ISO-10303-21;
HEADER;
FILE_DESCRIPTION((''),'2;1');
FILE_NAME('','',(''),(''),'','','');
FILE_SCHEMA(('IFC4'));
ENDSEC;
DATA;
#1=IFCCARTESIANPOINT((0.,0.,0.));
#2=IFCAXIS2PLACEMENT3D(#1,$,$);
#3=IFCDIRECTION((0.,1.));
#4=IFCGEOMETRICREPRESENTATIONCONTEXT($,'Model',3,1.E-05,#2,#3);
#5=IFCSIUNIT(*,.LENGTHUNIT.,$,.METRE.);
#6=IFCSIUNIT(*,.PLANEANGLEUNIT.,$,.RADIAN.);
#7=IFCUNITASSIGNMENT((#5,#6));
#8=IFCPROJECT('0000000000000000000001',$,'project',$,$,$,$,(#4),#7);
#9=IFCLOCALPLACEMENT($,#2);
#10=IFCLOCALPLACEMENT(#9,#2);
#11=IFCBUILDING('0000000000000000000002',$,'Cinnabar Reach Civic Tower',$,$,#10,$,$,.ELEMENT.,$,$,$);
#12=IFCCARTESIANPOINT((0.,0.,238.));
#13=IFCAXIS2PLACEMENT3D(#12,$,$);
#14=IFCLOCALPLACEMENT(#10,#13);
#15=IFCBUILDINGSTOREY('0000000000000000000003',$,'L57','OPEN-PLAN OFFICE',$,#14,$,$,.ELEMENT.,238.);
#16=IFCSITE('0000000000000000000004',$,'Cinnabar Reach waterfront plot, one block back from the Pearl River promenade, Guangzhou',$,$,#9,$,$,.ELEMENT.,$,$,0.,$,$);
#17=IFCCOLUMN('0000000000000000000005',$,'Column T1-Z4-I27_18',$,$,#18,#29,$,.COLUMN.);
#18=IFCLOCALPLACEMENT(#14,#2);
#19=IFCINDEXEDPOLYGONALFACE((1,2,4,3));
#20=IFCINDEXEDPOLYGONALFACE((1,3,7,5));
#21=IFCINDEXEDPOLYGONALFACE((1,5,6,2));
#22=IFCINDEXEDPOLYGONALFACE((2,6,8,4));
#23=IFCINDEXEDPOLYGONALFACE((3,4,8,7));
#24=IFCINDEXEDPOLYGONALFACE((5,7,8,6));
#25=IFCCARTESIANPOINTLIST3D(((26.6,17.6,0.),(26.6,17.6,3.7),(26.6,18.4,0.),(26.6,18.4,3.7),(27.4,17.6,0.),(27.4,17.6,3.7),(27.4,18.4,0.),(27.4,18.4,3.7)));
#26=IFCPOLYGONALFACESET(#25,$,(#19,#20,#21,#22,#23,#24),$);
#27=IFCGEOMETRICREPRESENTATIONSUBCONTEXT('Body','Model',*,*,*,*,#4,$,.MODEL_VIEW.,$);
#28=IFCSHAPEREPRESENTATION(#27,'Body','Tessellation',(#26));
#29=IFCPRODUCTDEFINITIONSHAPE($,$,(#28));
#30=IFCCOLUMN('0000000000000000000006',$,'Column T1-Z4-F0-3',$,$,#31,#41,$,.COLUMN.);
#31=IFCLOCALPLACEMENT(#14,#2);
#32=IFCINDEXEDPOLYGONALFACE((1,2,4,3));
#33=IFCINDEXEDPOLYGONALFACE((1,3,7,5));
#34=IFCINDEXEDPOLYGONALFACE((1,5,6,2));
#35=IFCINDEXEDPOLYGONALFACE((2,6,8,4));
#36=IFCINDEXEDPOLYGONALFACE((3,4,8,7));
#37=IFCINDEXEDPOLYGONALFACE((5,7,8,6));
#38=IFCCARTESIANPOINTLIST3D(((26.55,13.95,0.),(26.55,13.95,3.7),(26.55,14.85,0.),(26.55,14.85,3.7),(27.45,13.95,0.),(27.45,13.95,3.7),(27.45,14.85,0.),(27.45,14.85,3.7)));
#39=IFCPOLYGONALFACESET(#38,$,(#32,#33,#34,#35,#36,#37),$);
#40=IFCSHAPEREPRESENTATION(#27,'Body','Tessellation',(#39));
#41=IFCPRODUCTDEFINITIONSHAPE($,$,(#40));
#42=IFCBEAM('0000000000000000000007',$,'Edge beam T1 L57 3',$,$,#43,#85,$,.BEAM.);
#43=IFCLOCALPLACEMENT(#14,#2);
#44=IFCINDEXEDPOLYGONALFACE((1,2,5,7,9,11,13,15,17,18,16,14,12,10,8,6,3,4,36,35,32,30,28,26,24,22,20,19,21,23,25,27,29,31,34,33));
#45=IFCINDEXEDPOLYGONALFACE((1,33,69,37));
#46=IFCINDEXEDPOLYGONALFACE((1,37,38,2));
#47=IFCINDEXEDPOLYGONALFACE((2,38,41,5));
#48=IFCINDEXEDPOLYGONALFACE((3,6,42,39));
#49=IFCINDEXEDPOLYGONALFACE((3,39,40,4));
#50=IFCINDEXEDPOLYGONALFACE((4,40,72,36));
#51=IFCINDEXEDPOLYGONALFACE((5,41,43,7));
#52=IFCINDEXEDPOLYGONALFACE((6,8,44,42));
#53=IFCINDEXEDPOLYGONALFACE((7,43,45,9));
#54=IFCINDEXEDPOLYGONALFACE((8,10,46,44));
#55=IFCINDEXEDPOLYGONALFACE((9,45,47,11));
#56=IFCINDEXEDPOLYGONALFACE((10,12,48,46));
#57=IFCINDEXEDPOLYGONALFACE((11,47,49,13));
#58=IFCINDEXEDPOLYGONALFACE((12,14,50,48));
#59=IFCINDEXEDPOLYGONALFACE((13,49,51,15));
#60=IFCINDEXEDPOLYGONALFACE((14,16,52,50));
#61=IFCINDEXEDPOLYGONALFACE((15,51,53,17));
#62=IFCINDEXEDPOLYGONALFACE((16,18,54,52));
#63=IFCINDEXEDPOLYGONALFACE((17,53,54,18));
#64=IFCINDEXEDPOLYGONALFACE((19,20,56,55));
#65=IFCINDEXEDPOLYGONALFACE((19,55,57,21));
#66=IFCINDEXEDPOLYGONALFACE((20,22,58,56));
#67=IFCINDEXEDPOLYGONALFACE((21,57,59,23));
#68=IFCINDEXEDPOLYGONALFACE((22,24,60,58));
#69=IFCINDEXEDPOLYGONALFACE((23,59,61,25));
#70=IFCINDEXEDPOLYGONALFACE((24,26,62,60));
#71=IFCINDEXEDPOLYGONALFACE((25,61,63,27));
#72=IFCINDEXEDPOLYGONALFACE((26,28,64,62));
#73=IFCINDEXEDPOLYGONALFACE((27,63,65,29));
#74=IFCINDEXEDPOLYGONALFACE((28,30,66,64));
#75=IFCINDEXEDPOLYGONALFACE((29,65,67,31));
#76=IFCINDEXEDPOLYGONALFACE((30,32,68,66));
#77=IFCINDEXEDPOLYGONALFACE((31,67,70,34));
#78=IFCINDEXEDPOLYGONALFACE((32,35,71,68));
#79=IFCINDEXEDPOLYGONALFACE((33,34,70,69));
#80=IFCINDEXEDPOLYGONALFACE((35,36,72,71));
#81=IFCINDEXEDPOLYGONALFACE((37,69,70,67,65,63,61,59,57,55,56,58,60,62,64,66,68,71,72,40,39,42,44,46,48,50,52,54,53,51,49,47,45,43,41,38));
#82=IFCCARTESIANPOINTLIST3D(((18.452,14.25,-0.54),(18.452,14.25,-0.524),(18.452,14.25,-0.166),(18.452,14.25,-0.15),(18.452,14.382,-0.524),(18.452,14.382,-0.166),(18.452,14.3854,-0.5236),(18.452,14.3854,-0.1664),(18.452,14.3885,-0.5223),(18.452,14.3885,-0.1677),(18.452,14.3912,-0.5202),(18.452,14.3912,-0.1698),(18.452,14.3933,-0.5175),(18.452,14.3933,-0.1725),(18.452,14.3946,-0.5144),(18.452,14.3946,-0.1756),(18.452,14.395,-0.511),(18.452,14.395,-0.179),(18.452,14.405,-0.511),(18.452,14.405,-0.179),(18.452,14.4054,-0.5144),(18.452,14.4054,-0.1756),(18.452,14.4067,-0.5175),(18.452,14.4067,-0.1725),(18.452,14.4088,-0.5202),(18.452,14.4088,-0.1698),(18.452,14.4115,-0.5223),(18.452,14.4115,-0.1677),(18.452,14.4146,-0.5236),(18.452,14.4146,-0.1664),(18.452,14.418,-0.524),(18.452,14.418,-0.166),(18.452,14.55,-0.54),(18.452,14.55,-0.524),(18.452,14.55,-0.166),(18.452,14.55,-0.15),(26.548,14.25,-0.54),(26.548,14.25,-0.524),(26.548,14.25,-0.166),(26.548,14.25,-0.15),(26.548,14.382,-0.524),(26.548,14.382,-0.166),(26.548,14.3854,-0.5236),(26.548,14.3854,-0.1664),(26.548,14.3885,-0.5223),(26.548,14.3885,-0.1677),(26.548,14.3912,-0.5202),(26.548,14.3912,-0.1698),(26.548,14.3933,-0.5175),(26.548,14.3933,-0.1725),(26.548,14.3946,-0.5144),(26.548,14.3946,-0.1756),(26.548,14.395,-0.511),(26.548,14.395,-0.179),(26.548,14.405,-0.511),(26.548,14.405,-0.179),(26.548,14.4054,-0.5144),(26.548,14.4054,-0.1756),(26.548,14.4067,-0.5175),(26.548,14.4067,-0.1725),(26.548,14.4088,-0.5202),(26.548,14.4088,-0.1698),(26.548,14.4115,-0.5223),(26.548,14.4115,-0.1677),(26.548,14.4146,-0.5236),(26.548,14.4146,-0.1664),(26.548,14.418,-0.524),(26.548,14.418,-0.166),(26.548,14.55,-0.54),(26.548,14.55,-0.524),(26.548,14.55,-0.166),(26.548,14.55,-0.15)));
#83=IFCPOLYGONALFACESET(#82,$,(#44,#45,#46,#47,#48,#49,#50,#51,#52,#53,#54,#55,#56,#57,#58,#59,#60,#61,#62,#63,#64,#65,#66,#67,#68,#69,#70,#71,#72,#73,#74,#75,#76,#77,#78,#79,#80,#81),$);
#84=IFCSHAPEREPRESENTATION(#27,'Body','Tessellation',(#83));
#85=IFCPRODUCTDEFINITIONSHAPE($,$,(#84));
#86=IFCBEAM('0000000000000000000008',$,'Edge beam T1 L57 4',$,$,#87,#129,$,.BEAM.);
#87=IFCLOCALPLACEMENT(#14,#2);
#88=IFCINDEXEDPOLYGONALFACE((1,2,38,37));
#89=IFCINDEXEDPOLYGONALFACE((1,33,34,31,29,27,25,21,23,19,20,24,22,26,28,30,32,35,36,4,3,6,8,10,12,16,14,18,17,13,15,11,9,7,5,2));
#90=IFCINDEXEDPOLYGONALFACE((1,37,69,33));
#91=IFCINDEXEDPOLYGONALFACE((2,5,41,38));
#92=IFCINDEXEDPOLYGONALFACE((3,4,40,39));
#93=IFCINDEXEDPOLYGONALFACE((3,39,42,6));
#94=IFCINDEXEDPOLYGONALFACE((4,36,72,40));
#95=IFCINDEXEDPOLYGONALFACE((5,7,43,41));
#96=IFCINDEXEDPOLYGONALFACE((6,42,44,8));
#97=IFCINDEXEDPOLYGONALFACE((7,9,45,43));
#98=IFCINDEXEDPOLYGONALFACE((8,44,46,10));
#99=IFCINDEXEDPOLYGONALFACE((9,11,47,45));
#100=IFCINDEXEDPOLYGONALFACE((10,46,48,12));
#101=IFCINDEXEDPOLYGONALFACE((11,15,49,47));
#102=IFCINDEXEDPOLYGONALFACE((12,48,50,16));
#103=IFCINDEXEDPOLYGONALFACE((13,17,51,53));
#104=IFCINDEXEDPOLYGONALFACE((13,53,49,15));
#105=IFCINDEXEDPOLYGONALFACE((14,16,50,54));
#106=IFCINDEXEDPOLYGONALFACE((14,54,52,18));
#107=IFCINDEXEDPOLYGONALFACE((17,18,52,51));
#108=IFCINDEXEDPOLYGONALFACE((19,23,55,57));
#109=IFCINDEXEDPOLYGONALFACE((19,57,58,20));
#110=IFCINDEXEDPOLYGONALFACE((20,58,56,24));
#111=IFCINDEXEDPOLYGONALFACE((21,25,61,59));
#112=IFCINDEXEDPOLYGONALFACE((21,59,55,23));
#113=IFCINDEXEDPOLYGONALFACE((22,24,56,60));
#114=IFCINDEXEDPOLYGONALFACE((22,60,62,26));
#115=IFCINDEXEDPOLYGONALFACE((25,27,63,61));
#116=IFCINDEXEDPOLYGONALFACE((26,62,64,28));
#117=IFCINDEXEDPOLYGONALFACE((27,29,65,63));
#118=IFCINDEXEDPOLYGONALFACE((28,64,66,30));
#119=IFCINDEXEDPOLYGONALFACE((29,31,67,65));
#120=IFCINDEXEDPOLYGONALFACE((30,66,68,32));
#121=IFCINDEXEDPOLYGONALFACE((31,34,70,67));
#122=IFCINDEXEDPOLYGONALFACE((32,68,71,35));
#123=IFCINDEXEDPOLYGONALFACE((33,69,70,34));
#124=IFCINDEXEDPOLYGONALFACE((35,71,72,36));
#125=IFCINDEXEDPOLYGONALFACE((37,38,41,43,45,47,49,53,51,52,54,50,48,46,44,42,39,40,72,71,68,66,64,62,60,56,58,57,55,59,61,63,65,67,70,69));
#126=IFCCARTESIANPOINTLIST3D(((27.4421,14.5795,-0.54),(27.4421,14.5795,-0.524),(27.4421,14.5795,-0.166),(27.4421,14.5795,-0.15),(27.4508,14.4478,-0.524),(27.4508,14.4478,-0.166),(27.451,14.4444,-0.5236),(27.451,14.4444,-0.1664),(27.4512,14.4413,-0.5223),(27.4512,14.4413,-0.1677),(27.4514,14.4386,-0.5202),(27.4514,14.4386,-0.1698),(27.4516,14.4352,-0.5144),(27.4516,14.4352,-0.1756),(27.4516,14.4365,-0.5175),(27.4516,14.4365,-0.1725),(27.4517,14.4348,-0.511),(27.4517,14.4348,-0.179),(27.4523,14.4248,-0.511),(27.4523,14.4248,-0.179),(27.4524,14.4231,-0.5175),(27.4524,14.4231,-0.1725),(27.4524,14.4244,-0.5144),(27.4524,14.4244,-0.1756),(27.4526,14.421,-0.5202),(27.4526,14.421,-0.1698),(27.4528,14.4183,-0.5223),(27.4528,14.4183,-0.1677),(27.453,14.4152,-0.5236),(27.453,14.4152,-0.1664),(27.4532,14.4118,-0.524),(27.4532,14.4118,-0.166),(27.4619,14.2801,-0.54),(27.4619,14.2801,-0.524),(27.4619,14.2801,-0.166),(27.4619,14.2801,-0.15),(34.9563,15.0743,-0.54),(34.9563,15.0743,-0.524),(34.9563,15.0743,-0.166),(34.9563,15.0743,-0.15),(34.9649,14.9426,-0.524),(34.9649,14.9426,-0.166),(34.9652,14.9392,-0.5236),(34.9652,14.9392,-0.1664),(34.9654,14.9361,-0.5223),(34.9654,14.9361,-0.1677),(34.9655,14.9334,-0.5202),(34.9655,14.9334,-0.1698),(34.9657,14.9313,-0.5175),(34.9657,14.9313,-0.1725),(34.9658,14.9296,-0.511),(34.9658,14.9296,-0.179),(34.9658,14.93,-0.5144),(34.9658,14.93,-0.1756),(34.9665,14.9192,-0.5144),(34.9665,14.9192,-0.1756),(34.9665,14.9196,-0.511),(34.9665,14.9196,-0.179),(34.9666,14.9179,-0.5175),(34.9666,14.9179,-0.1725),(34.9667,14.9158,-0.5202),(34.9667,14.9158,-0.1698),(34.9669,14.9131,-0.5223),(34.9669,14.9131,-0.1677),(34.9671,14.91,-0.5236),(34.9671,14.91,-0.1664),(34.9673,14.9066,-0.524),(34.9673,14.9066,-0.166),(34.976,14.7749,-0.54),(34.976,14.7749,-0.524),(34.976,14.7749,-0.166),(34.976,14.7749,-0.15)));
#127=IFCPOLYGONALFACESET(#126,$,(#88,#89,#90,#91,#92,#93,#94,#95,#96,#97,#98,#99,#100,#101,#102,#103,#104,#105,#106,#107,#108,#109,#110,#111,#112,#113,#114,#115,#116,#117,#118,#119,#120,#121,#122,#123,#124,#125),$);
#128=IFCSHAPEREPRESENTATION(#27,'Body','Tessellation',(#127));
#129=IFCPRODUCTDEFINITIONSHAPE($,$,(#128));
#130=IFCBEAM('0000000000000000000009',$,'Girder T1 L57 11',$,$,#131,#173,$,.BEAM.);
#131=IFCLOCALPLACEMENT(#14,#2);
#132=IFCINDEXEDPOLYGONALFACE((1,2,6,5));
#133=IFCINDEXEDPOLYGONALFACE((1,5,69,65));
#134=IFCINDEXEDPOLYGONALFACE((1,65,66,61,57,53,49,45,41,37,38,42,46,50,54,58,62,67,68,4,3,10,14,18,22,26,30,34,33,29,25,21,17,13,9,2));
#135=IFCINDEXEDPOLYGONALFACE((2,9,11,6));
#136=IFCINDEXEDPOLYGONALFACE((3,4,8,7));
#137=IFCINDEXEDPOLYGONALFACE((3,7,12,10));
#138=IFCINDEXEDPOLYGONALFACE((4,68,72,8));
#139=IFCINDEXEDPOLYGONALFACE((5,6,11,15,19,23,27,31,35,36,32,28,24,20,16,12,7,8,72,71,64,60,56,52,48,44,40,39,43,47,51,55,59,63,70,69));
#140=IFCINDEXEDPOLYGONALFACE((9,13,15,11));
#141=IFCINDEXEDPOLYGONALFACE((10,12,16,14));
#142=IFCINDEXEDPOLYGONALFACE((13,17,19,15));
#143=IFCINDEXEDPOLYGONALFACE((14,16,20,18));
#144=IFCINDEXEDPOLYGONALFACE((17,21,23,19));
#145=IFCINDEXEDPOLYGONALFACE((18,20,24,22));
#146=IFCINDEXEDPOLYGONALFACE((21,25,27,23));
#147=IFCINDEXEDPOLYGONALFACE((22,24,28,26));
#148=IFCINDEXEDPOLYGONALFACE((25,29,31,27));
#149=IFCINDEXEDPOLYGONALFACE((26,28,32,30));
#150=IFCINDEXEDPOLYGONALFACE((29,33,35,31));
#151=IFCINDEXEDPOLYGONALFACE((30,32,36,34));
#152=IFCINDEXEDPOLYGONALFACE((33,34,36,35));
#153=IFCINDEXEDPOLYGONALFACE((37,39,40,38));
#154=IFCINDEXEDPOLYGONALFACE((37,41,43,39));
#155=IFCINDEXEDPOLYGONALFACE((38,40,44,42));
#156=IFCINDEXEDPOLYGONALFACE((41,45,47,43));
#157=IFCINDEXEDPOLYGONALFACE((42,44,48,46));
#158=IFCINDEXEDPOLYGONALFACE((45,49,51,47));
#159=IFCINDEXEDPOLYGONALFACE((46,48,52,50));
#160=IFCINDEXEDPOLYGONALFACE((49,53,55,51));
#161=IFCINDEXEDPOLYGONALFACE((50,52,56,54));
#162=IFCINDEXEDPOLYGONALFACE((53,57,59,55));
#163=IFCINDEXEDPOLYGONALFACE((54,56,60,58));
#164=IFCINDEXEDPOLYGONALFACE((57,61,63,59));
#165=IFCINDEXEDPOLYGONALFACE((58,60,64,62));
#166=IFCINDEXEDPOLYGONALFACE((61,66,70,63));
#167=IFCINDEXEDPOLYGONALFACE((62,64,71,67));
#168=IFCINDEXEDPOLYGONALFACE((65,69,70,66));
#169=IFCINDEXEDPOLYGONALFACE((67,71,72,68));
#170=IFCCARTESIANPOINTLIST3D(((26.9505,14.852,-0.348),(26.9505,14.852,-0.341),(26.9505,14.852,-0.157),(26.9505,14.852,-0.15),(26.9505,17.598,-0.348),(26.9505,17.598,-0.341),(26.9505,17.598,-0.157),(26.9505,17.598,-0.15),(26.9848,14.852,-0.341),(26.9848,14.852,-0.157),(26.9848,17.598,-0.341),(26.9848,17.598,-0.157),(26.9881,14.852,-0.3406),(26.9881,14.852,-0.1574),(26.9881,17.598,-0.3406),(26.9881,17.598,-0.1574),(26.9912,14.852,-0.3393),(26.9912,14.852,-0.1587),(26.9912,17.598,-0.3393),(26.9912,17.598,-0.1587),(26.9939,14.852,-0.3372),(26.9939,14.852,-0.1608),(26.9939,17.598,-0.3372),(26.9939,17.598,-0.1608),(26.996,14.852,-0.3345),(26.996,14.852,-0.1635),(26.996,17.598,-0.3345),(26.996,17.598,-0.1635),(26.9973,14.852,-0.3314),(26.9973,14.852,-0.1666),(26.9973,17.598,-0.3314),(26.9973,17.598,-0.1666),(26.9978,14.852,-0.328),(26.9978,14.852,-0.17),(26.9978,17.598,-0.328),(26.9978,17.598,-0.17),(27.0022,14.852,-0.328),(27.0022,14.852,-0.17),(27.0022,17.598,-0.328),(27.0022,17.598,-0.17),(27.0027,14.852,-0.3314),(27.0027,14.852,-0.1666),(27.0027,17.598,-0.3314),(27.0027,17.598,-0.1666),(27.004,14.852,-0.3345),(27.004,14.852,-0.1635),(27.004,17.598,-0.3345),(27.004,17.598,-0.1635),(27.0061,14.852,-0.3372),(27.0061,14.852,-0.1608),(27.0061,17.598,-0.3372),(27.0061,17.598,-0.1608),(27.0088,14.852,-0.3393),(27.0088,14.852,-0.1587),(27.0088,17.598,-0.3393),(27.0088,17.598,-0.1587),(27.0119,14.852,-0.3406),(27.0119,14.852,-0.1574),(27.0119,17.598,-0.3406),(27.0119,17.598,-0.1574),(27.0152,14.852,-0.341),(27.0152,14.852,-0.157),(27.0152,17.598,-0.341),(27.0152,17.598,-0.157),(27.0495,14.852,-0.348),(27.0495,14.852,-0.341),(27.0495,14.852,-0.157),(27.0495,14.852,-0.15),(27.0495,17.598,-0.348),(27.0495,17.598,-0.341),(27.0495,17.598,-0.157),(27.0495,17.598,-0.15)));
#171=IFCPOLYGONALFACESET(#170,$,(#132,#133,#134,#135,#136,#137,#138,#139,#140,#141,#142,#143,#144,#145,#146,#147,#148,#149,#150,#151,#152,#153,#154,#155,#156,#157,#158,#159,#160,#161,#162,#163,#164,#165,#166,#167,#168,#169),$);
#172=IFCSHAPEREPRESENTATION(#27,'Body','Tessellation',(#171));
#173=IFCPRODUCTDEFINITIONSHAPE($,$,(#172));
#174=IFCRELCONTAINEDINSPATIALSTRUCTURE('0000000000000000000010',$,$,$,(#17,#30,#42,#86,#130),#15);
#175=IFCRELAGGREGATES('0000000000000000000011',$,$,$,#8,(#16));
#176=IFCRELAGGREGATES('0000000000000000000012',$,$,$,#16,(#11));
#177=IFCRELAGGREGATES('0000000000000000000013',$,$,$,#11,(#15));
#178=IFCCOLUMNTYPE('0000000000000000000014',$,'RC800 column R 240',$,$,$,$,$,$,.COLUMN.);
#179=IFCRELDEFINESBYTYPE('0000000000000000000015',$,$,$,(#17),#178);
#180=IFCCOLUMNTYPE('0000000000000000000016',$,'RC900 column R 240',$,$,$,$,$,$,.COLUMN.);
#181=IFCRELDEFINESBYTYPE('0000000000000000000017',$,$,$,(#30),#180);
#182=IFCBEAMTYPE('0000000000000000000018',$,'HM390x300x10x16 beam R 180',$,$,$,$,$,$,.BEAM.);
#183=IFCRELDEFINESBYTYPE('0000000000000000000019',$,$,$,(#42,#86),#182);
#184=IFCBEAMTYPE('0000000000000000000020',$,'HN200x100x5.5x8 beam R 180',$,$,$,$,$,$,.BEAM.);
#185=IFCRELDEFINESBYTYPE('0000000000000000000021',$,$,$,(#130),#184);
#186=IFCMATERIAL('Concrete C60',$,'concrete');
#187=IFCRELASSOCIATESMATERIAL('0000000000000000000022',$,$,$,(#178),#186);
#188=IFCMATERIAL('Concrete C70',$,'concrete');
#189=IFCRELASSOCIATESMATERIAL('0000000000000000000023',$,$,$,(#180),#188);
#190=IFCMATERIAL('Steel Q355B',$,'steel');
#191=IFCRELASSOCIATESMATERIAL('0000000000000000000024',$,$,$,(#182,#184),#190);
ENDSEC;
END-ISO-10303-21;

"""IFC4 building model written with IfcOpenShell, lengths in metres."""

from ifc_helpers import new_model, si_unit, direction, frame, origin, origin_2d, place, context, subcontext, project, spatial, rectangle, i_section, extrude, material, material_profile, profile_set, type_object, element, save


model = new_model("IFC4")

# Units and contexts
model_context = context("Model", 3, precision=1e-05, world=origin(), true_north=direction((0.0, 1.0)))
body_context = subcontext(model_context, "Body", "Model", "MODEL_VIEW")
ifc_project = project(units=[si_unit("LENGTHUNIT", "METRE"), si_unit("PLANEANGLEUNIT", "RADIAN")], contexts=[model_context])

# Site, building, storey
site_placement = place(None, origin())
site = spatial("IfcSite", under=ifc_project, at=site_placement, Name="Cinnabar Reach waterfront plot, one block back from the Pearl River promenade, Guangzhou", CompositionType="ELEMENT", RefElevation=0.0)
building_placement = place(site_placement, origin())
building = spatial("IfcBuilding", under=site, at=building_placement, Name="Cinnabar Reach Civic Tower", CompositionType="ELEMENT")
storey_placement = place(building_placement, frame((0.0, 0.0, 238.0)))
storey = spatial("IfcBuildingStorey", under=building, at=storey_placement, Name="L57", Description="OPEN-PLAN OFFICE", CompositionType="ELEMENT", Elevation=238.0)

# Columns
ifc_material_1 = material(Name="Concrete C60", Category="concrete")
ifc_material_profile_1 = material_profile(ifc_material_1, rectangle(XDim=0.8, YDim=0.8, at=origin_2d()), Name="RC800")
ifc_profile_set_1 = profile_set([ifc_material_profile_1], Name="Concrete C60")
column_type_1 = type_object("IfcColumnType", Name="RC800 column R 240", PredefinedType="COLUMN", material=ifc_profile_set_1)
column_1_placement = place(storey_placement, frame((27.0, 18.0, 0.0), z_axis=(0.0, 0.0, 1.0), x_axis=(1.0, 0.0, 0.0)))
element("IfcColumn", 1, at=column_1_placement, inside=storey, type_object=column_type_1, Name="Column T1-Z4-I27_18", PredefinedType="COLUMN", context=body_context, shape_type="SweptSolid", body=[
    extrude(rectangle(XDim=0.8, YDim=0.8, at=origin_2d()), origin(), (0.0, 0.0, 1.0), 3.7),
])
ifc_material_2 = material(Name="Concrete C70", Category="concrete")
ifc_material_profile_2 = material_profile(ifc_material_2, rectangle(XDim=0.9, YDim=0.9, at=origin_2d()), Name="RC900")
ifc_profile_set_2 = profile_set([ifc_material_profile_2], Name="Concrete C70")
column_type_2 = type_object("IfcColumnType", Name="RC900 column R 240", PredefinedType="COLUMN", material=ifc_profile_set_2)
column_2_placement = place(storey_placement, frame((27.0, 14.4, 0.0), z_axis=(0.0, 0.0, 1.0), x_axis=(1.0, 0.0, 0.0)))
element("IfcColumn", 2, at=column_2_placement, inside=storey, type_object=column_type_2, Name="Column T1-Z4-F0-3", PredefinedType="COLUMN", context=body_context, shape_type="SweptSolid", body=[
    extrude(rectangle(XDim=0.9, YDim=0.9, at=origin_2d()), origin(), (0.0, 0.0, 1.0), 3.7),
])

# Beams
ifc_material_3 = material(Name="Steel Q355B", Category="steel")
ifc_material_profile_3 = material_profile(ifc_material_3, i_section(OverallWidth=0.3, OverallDepth=0.39, WebThickness=0.01, FlangeThickness=0.016, FilletRadius=0.013, at=origin_2d()), Name="HM390x300x10x16")
ifc_profile_set_3 = profile_set([ifc_material_profile_3], Name="Steel Q355B")
beam_type_1 = type_object("IfcBeamType", Name="HM390x300x10x16 beam R 180", PredefinedType="BEAM", material=ifc_profile_set_3)
beam_1_placement = place(storey_placement, frame((18.452, 14.4, -0.345), z_axis=(1.0, 0.0, 0.0), x_axis=(0.0, 1.0, 0.0)))
element("IfcBeam", 3, at=beam_1_placement, inside=storey, type_object=beam_type_1, Name="Edge beam T1 L57 3", PredefinedType="BEAM", context=body_context, shape_type="SweptSolid", body=[
    extrude(i_section(OverallWidth=0.3, OverallDepth=0.39, WebThickness=0.01, FlangeThickness=0.016, FilletRadius=0.013, at=origin_2d()), origin(), (0.0, 0.0, 1.0), 8.096),
])
beam_2_placement = place(storey_placement, frame((27.452, 14.4298, -0.345), z_axis=(0.997839, 0.065707, 0.0), x_axis=(-0.065707, 0.997839, 0.0)))
element("IfcBeam", 4, at=beam_2_placement, inside=storey, type_object=beam_type_1, Name="Edge beam T1 L57 4", PredefinedType="BEAM", context=body_context, shape_type="SweptSolid", body=[
    extrude(i_section(OverallWidth=0.3, OverallDepth=0.39, WebThickness=0.01, FlangeThickness=0.016, FilletRadius=0.013, at=origin_2d()), origin(), (0.0, 0.0, 1.0), 7.5304),
])
ifc_material_profile_4 = material_profile(ifc_material_3, i_section(OverallWidth=0.099, OverallDepth=0.198, WebThickness=0.0045, FlangeThickness=0.007, FilletRadius=0.013, at=origin_2d()), Name="HN200x100x5.5x8")
ifc_profile_set_4 = profile_set([ifc_material_profile_4], Name="Steel Q355B")
beam_type_2 = type_object("IfcBeamType", Name="HN200x100x5.5x8 beam R 180", PredefinedType="BEAM", material=ifc_profile_set_4)
beam_3_placement = place(storey_placement, frame((27.0, 14.852, -0.249), z_axis=(0.0, 1.0, 0.0), x_axis=(-1.0, 0.0, 0.0)))
element("IfcBeam", 5, at=beam_3_placement, inside=storey, type_object=beam_type_2, Name="Girder T1 L57 11", PredefinedType="BEAM", context=body_context, shape_type="SweptSolid", body=[
    extrude(i_section(OverallWidth=0.099, OverallDepth=0.198, WebThickness=0.0045, FlangeThickness=0.007, FilletRadius=0.013, at=origin_2d()), origin(), (0.0, 0.0, 1.0), 2.746),
])

save(model, "model.ifc")
